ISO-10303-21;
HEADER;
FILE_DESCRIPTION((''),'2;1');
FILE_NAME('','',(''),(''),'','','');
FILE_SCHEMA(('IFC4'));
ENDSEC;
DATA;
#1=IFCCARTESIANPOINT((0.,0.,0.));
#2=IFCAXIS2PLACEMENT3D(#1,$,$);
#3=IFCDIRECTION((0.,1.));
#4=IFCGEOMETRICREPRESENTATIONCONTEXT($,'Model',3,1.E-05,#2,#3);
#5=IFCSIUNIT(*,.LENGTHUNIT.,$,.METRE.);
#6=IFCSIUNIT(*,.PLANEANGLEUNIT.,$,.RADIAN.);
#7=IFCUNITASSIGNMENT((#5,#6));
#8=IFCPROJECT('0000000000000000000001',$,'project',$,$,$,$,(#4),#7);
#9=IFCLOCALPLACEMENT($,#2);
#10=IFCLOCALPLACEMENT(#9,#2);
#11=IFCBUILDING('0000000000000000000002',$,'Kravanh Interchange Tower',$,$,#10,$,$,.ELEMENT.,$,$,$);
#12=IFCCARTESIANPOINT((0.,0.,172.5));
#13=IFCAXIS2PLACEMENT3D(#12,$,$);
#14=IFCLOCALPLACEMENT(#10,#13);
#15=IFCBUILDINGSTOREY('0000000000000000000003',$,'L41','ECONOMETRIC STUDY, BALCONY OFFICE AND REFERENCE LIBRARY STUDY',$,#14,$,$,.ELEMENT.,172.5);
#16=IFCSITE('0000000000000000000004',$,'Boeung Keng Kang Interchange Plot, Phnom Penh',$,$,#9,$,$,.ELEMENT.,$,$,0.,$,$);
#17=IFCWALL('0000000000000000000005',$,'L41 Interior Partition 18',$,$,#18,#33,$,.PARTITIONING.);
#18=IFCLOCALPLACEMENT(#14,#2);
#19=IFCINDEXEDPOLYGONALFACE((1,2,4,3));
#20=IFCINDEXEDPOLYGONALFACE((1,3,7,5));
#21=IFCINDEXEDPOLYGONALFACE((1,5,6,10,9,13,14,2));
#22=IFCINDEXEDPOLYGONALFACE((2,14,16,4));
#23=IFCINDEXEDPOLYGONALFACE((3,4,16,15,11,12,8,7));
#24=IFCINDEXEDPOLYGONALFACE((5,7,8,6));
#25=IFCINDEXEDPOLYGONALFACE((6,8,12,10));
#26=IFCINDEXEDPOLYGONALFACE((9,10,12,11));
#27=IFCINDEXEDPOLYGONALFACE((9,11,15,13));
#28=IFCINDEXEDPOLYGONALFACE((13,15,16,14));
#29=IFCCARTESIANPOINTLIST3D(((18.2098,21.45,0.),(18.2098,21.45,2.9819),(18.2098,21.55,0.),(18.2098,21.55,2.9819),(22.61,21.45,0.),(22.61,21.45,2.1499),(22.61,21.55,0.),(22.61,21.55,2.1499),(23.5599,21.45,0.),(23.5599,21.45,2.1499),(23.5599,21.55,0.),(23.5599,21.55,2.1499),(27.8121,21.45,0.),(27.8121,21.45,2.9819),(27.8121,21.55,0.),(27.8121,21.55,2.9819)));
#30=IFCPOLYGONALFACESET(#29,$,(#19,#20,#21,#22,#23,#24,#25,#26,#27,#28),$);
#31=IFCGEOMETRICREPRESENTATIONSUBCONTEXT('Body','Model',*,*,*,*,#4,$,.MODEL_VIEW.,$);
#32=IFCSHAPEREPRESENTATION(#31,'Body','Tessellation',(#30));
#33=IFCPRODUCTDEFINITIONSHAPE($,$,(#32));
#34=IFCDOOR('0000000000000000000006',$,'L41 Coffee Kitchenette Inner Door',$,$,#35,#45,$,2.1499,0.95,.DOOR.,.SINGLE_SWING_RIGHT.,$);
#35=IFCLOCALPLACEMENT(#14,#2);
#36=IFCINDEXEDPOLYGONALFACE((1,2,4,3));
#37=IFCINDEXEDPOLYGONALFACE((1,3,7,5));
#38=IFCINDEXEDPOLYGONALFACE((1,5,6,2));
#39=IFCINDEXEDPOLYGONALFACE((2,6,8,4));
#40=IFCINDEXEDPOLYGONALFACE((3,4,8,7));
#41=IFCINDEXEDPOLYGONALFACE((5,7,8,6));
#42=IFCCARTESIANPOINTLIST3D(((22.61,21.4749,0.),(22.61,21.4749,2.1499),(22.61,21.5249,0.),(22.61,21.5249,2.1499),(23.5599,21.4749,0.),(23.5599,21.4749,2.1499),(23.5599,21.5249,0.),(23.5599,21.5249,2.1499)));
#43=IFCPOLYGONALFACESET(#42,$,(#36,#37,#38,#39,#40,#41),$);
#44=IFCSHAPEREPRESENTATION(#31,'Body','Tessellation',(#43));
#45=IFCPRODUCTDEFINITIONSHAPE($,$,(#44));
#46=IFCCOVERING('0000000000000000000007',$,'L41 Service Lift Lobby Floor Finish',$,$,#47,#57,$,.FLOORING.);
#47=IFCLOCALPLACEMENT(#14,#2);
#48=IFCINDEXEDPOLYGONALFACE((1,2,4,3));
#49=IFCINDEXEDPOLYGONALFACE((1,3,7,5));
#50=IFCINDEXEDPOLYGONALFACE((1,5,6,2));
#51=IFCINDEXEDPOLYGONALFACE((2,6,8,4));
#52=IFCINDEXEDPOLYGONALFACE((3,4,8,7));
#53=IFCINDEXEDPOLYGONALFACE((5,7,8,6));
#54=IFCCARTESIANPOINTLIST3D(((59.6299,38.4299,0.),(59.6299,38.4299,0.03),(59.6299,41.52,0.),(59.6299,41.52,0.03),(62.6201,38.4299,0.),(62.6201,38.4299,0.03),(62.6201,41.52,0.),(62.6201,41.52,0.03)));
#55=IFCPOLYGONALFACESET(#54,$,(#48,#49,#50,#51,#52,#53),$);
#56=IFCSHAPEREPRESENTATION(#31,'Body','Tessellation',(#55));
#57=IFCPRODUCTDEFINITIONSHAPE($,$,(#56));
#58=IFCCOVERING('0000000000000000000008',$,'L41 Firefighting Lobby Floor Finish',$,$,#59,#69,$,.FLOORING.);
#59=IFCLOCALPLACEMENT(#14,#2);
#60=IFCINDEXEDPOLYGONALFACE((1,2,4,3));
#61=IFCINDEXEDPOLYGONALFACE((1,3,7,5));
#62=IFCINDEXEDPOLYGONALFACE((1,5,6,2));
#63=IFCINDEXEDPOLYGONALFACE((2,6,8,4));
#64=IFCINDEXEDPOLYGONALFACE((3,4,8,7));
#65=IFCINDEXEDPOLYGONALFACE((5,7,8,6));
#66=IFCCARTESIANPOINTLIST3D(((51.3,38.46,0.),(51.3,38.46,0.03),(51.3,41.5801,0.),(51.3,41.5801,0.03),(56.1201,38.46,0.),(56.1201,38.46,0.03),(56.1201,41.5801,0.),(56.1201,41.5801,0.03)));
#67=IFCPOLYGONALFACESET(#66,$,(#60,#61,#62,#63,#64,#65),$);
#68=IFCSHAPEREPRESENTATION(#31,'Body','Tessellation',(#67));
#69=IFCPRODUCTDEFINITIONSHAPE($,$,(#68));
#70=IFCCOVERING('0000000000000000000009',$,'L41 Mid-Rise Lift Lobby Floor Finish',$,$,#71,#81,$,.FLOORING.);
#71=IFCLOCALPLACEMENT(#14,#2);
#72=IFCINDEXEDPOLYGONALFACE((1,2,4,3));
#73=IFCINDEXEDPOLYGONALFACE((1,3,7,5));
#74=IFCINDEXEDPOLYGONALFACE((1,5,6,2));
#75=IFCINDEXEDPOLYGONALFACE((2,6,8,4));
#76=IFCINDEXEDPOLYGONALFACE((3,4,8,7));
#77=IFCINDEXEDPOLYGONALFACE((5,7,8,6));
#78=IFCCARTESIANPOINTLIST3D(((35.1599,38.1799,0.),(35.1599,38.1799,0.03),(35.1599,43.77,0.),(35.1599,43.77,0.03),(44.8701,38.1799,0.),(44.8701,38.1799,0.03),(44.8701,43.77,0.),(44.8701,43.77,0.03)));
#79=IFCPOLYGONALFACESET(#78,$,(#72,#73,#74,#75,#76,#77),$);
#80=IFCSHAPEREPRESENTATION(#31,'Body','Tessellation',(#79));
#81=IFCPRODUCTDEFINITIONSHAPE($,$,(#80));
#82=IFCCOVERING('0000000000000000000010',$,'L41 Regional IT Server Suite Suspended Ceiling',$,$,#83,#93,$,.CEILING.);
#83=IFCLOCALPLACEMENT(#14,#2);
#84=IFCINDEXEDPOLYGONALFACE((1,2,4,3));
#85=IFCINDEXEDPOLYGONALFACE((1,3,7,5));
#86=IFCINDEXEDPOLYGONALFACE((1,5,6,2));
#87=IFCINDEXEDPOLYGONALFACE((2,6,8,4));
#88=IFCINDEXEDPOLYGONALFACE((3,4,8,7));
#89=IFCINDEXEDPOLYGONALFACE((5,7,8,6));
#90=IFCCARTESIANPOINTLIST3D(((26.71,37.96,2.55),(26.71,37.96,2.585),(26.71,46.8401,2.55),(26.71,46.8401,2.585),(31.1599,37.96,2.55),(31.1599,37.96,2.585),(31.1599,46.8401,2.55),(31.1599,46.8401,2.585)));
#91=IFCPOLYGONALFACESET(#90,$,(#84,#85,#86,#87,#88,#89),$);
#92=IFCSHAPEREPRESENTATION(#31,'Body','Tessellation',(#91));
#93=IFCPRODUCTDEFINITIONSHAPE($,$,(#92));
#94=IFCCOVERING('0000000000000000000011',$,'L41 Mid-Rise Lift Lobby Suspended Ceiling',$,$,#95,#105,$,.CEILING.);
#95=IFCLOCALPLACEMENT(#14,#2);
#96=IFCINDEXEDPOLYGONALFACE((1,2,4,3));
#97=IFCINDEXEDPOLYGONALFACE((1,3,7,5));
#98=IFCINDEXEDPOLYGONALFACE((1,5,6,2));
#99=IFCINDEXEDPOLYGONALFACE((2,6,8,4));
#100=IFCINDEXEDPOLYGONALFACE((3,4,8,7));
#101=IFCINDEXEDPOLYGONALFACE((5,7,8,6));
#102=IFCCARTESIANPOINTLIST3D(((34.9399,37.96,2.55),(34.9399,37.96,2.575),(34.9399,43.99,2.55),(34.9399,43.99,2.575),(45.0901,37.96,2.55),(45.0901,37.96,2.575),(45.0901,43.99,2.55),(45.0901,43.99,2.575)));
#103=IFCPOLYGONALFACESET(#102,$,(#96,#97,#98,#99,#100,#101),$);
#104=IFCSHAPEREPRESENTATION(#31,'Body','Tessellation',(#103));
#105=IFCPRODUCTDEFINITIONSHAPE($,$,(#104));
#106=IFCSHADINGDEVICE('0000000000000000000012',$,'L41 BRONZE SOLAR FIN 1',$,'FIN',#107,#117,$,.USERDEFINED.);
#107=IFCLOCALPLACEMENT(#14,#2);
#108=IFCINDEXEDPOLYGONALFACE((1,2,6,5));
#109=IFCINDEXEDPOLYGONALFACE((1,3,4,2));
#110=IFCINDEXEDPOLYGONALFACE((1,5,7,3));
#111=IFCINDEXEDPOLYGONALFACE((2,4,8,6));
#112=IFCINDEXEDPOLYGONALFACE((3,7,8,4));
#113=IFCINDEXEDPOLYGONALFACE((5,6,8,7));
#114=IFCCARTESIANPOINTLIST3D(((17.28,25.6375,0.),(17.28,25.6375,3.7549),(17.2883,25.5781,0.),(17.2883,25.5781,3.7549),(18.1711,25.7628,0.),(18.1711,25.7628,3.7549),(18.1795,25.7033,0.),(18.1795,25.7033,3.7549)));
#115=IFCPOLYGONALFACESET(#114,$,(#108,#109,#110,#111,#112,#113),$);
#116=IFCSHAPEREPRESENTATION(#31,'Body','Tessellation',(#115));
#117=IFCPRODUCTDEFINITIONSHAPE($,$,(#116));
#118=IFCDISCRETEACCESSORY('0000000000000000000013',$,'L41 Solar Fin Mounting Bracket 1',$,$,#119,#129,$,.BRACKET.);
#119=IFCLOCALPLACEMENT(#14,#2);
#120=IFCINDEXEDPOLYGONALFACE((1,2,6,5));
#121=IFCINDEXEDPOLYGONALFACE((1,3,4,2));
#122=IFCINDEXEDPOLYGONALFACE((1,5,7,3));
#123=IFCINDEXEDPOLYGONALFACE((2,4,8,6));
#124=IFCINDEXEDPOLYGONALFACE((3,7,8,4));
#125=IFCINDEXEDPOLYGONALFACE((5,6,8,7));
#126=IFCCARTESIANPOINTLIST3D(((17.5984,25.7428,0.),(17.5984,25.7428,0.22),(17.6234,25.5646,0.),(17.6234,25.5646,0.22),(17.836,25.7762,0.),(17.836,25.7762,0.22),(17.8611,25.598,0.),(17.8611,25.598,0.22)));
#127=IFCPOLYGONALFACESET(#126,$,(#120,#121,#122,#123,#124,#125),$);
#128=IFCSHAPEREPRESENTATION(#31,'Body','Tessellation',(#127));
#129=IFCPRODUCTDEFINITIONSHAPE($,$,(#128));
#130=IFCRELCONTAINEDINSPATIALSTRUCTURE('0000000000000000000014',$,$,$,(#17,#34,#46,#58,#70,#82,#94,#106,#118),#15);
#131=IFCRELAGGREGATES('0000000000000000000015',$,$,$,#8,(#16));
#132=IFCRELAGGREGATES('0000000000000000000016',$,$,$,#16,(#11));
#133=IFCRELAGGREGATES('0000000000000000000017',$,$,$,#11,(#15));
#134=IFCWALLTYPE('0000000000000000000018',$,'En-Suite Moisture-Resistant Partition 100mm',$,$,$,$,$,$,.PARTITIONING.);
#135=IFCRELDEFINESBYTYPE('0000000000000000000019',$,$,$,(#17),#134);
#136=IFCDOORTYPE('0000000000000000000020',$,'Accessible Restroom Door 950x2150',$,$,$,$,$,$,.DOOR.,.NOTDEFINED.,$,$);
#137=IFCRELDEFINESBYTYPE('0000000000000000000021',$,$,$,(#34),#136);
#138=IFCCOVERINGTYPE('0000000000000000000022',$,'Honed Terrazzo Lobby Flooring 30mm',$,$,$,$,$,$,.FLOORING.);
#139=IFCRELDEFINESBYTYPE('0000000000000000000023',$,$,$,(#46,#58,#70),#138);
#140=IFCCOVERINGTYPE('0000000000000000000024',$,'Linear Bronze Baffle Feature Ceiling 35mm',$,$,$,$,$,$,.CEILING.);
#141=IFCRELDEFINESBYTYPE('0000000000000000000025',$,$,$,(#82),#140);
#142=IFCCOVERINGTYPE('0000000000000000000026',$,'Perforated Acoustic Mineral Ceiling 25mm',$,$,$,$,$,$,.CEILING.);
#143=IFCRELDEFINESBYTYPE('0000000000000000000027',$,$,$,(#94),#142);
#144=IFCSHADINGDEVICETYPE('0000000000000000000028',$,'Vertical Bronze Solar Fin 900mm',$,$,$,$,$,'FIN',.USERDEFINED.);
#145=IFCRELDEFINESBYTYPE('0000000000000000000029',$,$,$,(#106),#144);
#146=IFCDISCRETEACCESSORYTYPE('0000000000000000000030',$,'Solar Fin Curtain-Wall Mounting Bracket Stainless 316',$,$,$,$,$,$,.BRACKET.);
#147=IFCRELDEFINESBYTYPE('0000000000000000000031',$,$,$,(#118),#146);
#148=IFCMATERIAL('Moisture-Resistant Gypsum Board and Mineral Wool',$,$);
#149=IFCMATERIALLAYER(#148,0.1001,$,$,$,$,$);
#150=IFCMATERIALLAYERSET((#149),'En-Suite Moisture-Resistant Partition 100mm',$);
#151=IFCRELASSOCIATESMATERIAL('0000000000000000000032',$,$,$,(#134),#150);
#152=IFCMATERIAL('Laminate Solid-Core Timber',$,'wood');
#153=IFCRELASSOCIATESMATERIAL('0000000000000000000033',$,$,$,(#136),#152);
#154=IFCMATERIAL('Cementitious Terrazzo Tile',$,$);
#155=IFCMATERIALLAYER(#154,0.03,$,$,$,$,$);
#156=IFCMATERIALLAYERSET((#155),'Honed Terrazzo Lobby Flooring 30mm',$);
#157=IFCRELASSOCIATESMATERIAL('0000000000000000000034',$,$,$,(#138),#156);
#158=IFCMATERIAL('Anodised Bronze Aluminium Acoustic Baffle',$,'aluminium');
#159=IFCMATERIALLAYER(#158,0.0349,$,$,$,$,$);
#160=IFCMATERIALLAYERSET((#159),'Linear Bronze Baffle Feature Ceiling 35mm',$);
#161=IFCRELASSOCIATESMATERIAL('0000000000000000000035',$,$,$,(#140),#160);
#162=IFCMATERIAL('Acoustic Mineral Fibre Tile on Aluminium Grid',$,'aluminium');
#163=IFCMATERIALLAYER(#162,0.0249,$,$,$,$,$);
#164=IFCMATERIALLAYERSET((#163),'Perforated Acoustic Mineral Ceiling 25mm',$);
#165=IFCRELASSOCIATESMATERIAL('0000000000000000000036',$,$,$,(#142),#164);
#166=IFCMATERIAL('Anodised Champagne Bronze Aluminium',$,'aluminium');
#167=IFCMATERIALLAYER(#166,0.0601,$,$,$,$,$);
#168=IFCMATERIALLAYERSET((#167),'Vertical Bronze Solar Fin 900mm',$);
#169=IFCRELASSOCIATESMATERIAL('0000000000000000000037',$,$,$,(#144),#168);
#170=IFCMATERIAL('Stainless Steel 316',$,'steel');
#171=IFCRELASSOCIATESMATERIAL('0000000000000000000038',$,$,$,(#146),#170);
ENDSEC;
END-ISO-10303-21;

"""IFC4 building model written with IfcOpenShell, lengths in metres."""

from ifc_helpers import new_model, si_unit, direction, frame, frame_2d, origin, origin_2d, place, context, subcontext, project, spatial, polyline, rectangle, outline, extrude, material, layer, layer_set, type_object, element, fill, save


model = new_model("IFC4")

# Units and contexts
model_context = context("Model", 3, precision=1e-05, world=origin(), true_north=direction((0.0, 1.0)))
body_context = subcontext(model_context, "Body", "Model", "MODEL_VIEW")
ifc_project = project(units=[si_unit("LENGTHUNIT", "METRE"), si_unit("PLANEANGLEUNIT", "RADIAN")], contexts=[model_context])

# Site, building, storey
site_placement = place(None, origin())
site = spatial("IfcSite", under=ifc_project, at=site_placement, Name="Boeung Keng Kang Interchange Plot, Phnom Penh", CompositionType="ELEMENT", RefElevation=0.0)
building_placement = place(site_placement, origin())
building = spatial("IfcBuilding", under=site, at=building_placement, Name="Kravanh Interchange Tower", CompositionType="ELEMENT")
storey_placement = place(building_placement, frame((0.0, 0.0, 172.5)))
storey = spatial("IfcBuildingStorey", under=building, at=storey_placement, Name="L41", Description="ECONOMETRIC STUDY, BALCONY OFFICE AND REFERENCE LIBRARY STUDY", CompositionType="ELEMENT", Elevation=172.5)

# Wall, opening, door
ifc_material_1 = material(Name="Moisture-Resistant Gypsum Board and Mineral Wool")
ifc_layer_1 = layer(ifc_material_1, 0.1001)
ifc_layer_set_1 = layer_set([ifc_layer_1], Name="En-Suite Moisture-Resistant Partition 100mm")
wall_type = type_object("IfcWallType", Name="En-Suite Moisture-Resistant Partition 100mm", PredefinedType="PARTITIONING", material=ifc_layer_set_1)
wall_placement = place(storey_placement, frame((18.2097, 21.5, 0.0), z_axis=(0.0, 0.0, 1.0), x_axis=(1.0, 0.0, 0.0)))
wall = element("IfcWall", 1, at=wall_placement, inside=storey, type_object=wall_type, Name="L41 Interior Partition 18", PredefinedType="PARTITIONING", context=body_context, shape_type="SweptSolid", body=[
    extrude(rectangle(XDim=9.6023, YDim=0.1001, at=frame_2d((4.8013, 0.0))), origin(), (0.0, 0.0, 1.0), 2.9819),
])
opening_placement = place(wall_placement, frame((4.4001, 0.0, 0.0)))
opening = element("IfcOpeningElement", 2, at=opening_placement, cuts=wall, PredefinedType="OPENING", context=body_context, shape_type="SweptSolid", body=[
    extrude(rectangle(XDim=0.95, YDim=2.1499, at=frame_2d((0.4751, 1.075))), frame((0.0, 0.0601, 0.0), z_axis=(0.0, -1.0, 0.0), x_axis=(1.0, 0.0, 0.0)), (0.0, 0.0, 1.0), 0.1201),
])
ifc_material_2 = material(Name="Laminate Solid-Core Timber", Category="wood")
door_type = type_object("IfcDoorType", Name="Accessible Restroom Door 950x2150", OperationType="NOTDEFINED", PredefinedType="DOOR", material=ifc_material_2)
door_placement = place(opening_placement, origin())
door = element("IfcDoor", 3, at=door_placement, inside=storey, type_object=door_type, Name="L41 Coffee Kitchenette Inner Door", OperationType="SINGLE_SWING_RIGHT", OverallHeight=2.1499, OverallWidth=0.95, PredefinedType="DOOR", context=body_context, shape_type="SweptSolid", body=[
    extrude(rectangle(XDim=0.95, YDim=2.1499, at=frame_2d((0.4751, 1.075))), frame((0.0, 0.0249, 0.0), z_axis=(0.0, -1.0, 0.0), x_axis=(1.0, 0.0, 0.0)), (0.0, 0.0, 1.0), 0.05),
])
fill(opening, door)

# Coverings
ifc_material_3 = material(Name="Cementitious Terrazzo Tile")
ifc_layer_2 = layer(ifc_material_3, 0.03)
ifc_layer_set_2 = layer_set([ifc_layer_2], Name="Honed Terrazzo Lobby Flooring 30mm")
covering_type_1 = type_object("IfcCoveringType", Name="Honed Terrazzo Lobby Flooring 30mm", PredefinedType="FLOORING", material=ifc_layer_set_2)
covering_1_placement = place(storey_placement, origin())
element("IfcCovering", 4, at=covering_1_placement, inside=storey, type_object=covering_type_1, Name="L41 Service Lift Lobby Floor Finish", PredefinedType="FLOORING", context=body_context, shape_type="SweptSolid", body=[
    extrude(outline(polyline([(59.6299, 41.52), (62.6201, 41.52), (62.6201, 38.4299), (59.6299, 38.4299), (59.6299, 41.52)])), origin(), (0.0, 0.0, 1.0), 0.03),
])
covering_2_placement = place(storey_placement, origin())
element("IfcCovering", 5, at=covering_2_placement, inside=storey, type_object=covering_type_1, Name="L41 Firefighting Lobby Floor Finish", PredefinedType="FLOORING", context=body_context, shape_type="SweptSolid", body=[
    extrude(outline(polyline([(56.1201, 38.46), (51.3, 38.46), (51.3, 41.5801), (56.1201, 41.5801), (56.1201, 38.46)])), origin(), (0.0, 0.0, 1.0), 0.03),
])
covering_3_placement = place(storey_placement, origin())
element("IfcCovering", 6, at=covering_3_placement, inside=storey, type_object=covering_type_1, Name="L41 Mid-Rise Lift Lobby Floor Finish", PredefinedType="FLOORING", context=body_context, shape_type="SweptSolid", body=[
    extrude(outline(polyline([(35.1599, 43.77), (44.8701, 43.77), (44.8701, 38.1799), (35.1599, 38.1799), (35.1599, 43.77)])), origin(), (0.0, 0.0, 1.0), 0.03),
])
ifc_material_4 = material(Name="Anodised Bronze Aluminium Acoustic Baffle", Category="aluminium")
ifc_layer_3 = layer(ifc_material_4, 0.0349)
ifc_layer_set_3 = layer_set([ifc_layer_3], Name="Linear Bronze Baffle Feature Ceiling 35mm")
covering_type_2 = type_object("IfcCoveringType", Name="Linear Bronze Baffle Feature Ceiling 35mm", PredefinedType="CEILING", material=ifc_layer_set_3)
covering_4_placement = place(storey_placement, frame((0.0, 0.0, 2.55)))
element("IfcCovering", 7, at=covering_4_placement, inside=storey, type_object=covering_type_2, Name="L41 Regional IT Server Suite Suspended Ceiling", PredefinedType="CEILING", context=body_context, shape_type="SweptSolid", body=[
    extrude(outline(polyline([(31.1599, 37.96), (26.71, 37.96), (26.71, 46.8401), (31.1599, 46.8401), (31.1599, 37.96)])), origin(), (0.0, 0.0, 1.0), 0.0349),
])
ifc_material_5 = material(Name="Acoustic Mineral Fibre Tile on Aluminium Grid", Category="aluminium")
ifc_layer_4 = layer(ifc_material_5, 0.0249)
ifc_layer_set_4 = layer_set([ifc_layer_4], Name="Perforated Acoustic Mineral Ceiling 25mm")
covering_type_3 = type_object("IfcCoveringType", Name="Perforated Acoustic Mineral Ceiling 25mm", PredefinedType="CEILING", material=ifc_layer_set_4)
covering_5_placement = place(storey_placement, frame((0.0, 0.0, 2.55)))
element("IfcCovering", 8, at=covering_5_placement, inside=storey, type_object=covering_type_3, Name="L41 Mid-Rise Lift Lobby Suspended Ceiling", PredefinedType="CEILING", context=body_context, shape_type="SweptSolid", body=[
    extrude(outline(polyline([(45.0901, 37.96), (34.9399, 37.96), (34.9399, 43.99), (45.0901, 43.99), (45.0901, 37.96)])), origin(), (0.0, 0.0, 1.0), 0.0249),
])

# Shading device
ifc_material_6 = material(Name="Anodised Champagne Bronze Aluminium", Category="aluminium")
ifc_layer_5 = layer(ifc_material_6, 0.0601)
ifc_layer_set_5 = layer_set([ifc_layer_5], Name="Vertical Bronze Solar Fin 900mm")
shading_device_type = type_object("IfcShadingDeviceType", Name="Vertical Bronze Solar Fin 900mm", ElementType="FIN", PredefinedType="USERDEFINED", material=ifc_layer_set_5)
shading_device_placement = place(storey_placement, frame((17.7297, 25.6704, 0.0), z_axis=(0.0, 0.0, 1.0), x_axis=(-0.990268, -0.139172, 0.0)))
element("IfcShadingDevice", 9, at=shading_device_placement, inside=storey, type_object=shading_device_type, Name="L41 BRONZE SOLAR FIN 1", ObjectType="FIN", PredefinedType="USERDEFINED", context=body_context, shape_type="SweptSolid", body=[
    extrude(rectangle(XDim=0.8999, YDim=0.0601, at=origin_2d()), origin(), (0.0, 0.0, 1.0), 3.7549),
])

# Discrete accessory
ifc_material_7 = material(Name="Stainless Steel 316", Category="steel")
discrete_accessory_type = type_object("IfcDiscreteAccessoryType", Name="Solar Fin Curtain-Wall Mounting Bracket Stainless 316", PredefinedType="BRACKET", material=ifc_material_7)
discrete_accessory_placement = place(storey_placement, frame((17.7297, 25.6704, 0.0), z_axis=(0.0, 0.0, 1.0), x_axis=(-0.990268, -0.139172, 0.0)))
element("IfcDiscreteAccessory", 10, at=discrete_accessory_placement, inside=storey, type_object=discrete_accessory_type, Name="L41 Solar Fin Mounting Bracket 1", PredefinedType="BRACKET", context=body_context, shape_type="SweptSolid", body=[
    extrude(rectangle(XDim=0.24, YDim=0.1799, at=origin_2d()), origin(), (0.0, 0.0, 1.0), 0.22),
])

save(model, "model.ifc")
